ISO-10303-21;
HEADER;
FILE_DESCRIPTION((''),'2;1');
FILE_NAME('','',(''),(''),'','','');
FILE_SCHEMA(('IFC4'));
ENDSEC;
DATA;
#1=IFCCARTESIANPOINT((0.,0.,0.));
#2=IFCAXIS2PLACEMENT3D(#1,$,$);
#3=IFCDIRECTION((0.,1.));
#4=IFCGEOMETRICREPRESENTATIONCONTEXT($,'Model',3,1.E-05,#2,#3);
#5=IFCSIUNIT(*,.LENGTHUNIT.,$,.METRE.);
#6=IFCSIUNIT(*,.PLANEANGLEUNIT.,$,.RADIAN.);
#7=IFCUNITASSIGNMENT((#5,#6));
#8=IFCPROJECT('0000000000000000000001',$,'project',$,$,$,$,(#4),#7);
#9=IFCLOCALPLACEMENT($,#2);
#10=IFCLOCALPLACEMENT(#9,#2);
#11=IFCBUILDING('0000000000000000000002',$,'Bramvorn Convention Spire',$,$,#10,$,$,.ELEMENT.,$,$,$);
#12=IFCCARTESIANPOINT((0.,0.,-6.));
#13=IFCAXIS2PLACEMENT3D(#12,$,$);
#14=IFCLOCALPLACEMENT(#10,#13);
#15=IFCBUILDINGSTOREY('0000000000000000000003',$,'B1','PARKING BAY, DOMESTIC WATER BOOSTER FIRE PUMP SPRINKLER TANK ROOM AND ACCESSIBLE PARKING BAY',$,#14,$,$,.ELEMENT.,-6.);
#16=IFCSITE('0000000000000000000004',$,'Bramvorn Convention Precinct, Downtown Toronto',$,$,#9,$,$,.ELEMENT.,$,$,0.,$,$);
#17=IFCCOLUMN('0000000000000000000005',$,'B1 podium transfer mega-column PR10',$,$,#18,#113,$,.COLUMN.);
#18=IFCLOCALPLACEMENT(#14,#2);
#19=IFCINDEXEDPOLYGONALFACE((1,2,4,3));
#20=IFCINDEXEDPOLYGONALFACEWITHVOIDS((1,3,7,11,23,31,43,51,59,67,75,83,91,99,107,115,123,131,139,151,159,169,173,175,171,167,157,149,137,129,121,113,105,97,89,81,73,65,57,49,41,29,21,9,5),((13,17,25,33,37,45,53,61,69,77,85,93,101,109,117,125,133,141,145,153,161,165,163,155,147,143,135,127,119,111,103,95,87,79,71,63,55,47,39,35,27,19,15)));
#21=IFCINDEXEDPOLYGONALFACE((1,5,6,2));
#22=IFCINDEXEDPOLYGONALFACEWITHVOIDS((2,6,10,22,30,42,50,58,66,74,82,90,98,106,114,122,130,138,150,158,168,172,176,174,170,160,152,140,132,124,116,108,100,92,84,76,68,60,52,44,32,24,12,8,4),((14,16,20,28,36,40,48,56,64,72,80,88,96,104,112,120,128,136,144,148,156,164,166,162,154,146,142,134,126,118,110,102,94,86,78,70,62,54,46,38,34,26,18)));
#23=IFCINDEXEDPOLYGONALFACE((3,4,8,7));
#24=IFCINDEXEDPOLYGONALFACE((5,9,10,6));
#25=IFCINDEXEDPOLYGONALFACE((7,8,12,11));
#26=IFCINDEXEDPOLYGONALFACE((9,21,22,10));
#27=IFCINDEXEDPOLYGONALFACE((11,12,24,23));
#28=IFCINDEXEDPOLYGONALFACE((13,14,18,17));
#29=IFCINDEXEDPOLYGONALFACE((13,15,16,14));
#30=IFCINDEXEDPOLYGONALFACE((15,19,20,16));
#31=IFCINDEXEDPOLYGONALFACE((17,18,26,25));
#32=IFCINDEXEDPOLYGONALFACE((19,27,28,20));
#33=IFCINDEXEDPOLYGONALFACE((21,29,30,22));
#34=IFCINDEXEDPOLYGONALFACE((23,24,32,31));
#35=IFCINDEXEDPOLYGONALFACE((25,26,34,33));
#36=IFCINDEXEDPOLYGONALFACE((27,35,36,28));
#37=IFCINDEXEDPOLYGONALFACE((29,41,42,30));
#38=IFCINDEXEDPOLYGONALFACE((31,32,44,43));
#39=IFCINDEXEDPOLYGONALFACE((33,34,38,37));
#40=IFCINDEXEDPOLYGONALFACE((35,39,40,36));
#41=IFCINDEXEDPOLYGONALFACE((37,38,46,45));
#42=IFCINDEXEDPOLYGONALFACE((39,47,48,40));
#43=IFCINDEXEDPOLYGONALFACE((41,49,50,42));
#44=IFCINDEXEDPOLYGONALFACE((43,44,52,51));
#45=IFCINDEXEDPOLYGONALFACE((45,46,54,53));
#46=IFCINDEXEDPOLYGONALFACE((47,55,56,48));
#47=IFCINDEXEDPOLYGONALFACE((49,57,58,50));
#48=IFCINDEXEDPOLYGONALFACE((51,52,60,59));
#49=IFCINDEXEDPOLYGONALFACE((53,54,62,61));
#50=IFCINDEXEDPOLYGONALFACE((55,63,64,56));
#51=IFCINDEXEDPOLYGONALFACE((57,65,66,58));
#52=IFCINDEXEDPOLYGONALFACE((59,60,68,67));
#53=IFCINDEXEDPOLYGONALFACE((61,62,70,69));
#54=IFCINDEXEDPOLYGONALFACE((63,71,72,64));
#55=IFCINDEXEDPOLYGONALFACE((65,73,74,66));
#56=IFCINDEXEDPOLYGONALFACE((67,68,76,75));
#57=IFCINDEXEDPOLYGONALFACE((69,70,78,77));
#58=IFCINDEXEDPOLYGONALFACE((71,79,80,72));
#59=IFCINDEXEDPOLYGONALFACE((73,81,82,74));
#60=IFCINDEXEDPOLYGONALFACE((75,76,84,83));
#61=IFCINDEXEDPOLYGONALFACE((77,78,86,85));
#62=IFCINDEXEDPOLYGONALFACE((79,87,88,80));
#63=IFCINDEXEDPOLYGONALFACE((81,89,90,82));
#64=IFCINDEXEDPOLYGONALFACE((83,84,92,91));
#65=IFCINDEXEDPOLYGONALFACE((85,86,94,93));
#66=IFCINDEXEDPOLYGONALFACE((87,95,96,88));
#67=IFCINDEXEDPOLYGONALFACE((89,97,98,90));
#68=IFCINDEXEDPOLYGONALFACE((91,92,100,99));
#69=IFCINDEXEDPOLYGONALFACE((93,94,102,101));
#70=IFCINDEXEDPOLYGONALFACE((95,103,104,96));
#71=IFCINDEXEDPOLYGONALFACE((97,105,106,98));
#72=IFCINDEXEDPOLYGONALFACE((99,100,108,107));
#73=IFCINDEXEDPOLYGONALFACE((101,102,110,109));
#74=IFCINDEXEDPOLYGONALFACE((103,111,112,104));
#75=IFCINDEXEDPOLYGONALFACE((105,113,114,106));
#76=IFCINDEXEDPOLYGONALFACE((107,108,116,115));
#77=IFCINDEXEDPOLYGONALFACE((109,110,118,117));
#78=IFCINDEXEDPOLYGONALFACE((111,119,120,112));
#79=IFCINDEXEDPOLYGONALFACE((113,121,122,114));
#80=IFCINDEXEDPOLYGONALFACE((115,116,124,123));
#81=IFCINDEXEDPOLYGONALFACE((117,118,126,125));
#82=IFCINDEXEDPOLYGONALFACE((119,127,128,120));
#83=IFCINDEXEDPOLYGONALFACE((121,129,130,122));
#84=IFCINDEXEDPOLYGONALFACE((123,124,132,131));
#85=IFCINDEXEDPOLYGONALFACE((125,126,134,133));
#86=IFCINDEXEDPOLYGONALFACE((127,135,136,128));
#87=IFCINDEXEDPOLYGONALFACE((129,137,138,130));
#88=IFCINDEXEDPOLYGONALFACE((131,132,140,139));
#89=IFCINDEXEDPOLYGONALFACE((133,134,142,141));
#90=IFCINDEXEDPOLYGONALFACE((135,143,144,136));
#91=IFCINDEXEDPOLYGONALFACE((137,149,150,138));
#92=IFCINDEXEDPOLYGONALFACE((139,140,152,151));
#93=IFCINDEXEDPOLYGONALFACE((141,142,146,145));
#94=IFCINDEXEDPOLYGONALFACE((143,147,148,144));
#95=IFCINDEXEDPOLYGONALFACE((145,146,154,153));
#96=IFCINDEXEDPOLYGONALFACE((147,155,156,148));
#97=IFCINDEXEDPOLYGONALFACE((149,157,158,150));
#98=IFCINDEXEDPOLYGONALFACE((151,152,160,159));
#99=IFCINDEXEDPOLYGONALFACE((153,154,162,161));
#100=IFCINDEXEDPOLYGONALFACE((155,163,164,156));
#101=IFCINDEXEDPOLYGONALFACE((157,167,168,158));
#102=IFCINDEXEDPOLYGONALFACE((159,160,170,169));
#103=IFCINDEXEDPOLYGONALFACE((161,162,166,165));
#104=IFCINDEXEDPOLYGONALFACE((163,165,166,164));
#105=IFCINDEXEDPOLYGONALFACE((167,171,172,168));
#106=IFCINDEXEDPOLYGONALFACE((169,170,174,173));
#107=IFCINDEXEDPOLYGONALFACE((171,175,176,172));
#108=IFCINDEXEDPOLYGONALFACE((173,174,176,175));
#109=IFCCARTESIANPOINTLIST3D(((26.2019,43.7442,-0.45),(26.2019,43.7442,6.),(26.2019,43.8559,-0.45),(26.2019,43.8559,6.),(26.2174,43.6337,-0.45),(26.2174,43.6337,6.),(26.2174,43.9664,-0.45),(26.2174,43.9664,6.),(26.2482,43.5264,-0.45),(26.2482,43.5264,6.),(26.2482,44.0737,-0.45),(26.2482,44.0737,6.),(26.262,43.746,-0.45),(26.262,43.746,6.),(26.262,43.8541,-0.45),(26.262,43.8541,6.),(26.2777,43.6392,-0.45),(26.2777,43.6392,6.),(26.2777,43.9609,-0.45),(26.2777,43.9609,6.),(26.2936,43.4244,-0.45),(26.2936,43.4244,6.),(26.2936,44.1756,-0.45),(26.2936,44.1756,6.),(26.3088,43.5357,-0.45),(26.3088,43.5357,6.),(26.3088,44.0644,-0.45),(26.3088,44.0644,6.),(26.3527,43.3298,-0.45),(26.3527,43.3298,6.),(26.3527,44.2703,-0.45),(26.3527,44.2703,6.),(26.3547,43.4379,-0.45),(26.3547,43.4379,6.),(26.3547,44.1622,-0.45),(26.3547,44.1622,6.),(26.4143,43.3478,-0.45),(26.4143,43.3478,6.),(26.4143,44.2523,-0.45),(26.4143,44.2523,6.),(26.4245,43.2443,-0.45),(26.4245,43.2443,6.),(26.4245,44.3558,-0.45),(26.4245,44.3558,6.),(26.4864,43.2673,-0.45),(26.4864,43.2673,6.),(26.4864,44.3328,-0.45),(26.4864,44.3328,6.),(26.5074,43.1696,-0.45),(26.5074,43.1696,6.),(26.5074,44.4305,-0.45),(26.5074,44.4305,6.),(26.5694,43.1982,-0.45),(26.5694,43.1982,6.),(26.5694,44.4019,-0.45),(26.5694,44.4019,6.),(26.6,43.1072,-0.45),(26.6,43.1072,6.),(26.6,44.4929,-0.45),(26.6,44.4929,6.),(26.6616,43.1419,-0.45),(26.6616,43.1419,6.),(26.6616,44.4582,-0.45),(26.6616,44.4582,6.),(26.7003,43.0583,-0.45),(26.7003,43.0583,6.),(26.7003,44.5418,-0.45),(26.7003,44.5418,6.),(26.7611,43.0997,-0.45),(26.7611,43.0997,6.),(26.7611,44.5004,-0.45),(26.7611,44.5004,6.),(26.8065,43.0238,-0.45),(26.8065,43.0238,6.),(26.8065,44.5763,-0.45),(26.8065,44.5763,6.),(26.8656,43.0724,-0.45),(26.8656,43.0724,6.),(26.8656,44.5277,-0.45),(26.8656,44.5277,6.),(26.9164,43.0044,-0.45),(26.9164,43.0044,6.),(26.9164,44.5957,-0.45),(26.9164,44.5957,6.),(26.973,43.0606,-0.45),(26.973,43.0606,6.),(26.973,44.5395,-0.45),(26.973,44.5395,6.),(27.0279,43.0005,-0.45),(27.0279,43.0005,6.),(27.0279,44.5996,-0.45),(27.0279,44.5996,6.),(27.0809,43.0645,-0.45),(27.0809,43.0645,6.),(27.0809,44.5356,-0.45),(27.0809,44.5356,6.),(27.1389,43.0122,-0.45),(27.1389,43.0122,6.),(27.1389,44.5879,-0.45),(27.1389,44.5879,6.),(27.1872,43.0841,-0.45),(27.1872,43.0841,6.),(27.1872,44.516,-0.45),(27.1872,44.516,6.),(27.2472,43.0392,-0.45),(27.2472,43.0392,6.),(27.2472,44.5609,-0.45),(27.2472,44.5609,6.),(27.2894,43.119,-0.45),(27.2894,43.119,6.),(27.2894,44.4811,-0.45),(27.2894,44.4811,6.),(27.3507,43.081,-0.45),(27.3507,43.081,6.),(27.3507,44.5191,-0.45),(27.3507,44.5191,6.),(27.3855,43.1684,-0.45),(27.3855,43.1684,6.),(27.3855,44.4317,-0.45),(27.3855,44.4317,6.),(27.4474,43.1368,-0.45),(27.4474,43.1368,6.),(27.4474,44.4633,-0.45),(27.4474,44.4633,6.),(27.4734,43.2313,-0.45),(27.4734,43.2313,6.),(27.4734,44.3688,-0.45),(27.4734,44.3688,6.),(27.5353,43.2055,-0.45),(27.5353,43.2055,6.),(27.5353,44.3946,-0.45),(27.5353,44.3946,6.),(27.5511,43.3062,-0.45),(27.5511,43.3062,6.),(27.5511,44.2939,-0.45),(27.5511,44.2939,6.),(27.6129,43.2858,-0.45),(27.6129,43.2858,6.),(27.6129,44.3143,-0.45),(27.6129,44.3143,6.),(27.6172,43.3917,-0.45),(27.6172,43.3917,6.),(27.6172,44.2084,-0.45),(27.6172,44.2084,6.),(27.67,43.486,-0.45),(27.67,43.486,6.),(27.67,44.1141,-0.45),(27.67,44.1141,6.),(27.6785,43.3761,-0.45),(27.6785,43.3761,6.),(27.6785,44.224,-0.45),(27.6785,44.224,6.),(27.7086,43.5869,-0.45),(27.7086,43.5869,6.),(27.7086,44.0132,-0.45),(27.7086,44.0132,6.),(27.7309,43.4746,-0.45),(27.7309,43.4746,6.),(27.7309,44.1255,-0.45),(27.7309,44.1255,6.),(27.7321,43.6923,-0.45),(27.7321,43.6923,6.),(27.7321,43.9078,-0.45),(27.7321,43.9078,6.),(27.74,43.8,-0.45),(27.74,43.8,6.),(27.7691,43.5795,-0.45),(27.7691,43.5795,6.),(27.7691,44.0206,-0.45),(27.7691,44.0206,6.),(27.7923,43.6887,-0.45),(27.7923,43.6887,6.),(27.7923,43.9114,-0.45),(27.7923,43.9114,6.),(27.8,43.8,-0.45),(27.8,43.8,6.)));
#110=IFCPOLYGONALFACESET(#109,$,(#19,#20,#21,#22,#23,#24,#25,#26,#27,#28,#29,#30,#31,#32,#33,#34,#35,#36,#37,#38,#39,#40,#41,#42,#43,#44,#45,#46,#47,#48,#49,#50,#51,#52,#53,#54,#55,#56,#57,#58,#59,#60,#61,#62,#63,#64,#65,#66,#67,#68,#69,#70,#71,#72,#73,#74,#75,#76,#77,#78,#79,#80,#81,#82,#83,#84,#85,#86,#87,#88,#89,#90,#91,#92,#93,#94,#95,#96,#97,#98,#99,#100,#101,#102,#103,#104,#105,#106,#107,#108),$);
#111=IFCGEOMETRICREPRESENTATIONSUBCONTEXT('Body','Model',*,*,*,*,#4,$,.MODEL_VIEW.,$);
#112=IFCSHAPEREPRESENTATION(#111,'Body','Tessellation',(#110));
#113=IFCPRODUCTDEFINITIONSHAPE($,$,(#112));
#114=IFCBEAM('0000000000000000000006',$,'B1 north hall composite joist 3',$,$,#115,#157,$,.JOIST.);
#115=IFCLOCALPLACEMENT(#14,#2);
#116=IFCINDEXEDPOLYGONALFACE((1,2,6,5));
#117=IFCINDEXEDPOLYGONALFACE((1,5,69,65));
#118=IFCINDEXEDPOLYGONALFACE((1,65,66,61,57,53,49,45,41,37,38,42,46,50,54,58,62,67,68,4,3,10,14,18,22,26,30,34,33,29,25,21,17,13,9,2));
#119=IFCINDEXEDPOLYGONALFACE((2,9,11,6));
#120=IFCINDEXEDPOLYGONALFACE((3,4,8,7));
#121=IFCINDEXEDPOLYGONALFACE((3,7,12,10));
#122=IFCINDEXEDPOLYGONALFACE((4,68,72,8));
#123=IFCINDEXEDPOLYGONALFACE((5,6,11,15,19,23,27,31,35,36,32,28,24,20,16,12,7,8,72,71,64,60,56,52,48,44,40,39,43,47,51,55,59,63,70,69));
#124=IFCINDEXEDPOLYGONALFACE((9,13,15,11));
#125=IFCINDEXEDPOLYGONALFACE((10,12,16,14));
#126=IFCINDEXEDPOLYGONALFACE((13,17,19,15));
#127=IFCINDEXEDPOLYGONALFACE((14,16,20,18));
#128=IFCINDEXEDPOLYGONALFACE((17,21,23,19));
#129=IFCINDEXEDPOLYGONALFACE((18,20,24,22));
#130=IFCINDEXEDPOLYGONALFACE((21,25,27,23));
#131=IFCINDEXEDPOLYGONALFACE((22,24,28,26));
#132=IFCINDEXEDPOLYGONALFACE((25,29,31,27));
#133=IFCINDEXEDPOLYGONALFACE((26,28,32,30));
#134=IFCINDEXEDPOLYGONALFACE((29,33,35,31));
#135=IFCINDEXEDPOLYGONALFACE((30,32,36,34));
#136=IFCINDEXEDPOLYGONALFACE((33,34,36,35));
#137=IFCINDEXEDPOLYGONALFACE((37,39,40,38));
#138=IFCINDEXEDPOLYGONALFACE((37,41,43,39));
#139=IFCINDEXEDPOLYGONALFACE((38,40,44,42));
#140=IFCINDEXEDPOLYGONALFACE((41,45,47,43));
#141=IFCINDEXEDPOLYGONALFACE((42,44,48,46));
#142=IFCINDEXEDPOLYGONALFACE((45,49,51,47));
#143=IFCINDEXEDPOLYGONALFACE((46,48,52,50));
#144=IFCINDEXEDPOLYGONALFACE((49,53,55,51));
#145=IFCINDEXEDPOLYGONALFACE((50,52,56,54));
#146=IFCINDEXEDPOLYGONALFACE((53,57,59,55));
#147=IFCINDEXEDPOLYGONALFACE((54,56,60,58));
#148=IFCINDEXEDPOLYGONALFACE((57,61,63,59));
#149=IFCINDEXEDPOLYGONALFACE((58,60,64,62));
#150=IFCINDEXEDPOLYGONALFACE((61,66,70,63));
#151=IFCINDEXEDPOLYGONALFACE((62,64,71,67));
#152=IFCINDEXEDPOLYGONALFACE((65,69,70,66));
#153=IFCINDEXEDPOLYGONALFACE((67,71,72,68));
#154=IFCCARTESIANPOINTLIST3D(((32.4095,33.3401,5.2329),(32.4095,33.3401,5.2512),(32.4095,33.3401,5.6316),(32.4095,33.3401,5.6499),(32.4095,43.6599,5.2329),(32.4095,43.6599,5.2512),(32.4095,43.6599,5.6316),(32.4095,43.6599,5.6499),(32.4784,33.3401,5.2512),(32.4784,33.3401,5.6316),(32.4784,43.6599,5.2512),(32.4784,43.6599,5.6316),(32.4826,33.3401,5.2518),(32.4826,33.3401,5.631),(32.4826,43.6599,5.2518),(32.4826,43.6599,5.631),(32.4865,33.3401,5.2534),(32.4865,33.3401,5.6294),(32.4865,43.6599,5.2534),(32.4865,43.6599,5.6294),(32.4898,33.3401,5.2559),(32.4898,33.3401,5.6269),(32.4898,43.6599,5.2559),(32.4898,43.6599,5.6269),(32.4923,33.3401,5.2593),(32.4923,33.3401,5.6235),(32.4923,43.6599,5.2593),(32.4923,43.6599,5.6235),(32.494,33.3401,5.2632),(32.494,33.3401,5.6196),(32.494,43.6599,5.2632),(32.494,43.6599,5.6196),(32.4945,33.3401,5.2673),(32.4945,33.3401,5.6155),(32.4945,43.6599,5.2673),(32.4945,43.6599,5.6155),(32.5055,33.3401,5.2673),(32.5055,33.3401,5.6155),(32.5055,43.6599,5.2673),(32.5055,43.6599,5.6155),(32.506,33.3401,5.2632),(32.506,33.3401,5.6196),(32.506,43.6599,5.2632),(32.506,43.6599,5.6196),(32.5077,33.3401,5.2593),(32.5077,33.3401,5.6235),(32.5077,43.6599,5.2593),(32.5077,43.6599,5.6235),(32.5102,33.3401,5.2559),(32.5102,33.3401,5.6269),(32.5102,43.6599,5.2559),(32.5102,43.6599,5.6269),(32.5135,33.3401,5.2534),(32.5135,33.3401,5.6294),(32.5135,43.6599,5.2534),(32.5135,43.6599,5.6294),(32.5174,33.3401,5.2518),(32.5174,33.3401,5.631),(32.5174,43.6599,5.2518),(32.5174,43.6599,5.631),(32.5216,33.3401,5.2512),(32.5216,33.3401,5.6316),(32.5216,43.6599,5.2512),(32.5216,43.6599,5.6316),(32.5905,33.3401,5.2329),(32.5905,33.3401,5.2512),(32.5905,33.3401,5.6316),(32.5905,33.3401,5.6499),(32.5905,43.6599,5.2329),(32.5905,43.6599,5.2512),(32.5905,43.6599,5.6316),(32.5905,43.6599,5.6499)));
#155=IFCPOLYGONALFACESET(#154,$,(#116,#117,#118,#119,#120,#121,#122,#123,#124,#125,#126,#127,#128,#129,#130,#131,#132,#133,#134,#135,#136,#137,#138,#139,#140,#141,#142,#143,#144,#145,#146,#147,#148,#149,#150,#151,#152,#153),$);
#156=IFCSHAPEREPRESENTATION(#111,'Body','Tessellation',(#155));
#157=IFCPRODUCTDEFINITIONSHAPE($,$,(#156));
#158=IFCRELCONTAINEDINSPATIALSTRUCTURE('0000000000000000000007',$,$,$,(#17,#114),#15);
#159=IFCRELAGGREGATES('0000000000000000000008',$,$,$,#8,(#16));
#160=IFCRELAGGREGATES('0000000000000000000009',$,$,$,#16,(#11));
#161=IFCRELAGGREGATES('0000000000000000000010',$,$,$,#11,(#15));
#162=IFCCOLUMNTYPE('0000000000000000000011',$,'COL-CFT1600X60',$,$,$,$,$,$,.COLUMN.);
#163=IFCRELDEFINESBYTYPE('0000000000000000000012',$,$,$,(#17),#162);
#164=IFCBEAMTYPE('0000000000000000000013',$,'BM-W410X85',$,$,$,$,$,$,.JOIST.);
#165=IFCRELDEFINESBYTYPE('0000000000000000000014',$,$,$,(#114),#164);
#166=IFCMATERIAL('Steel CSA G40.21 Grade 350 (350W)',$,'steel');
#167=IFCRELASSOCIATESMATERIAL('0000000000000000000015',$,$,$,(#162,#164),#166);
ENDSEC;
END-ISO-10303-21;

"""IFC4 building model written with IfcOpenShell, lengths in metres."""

from ifc_helpers import new_model, si_unit, direction, frame, origin, origin_2d, place, context, subcontext, project, spatial, hollow_circle, i_section, extrude, material, material_profile, profile_set, type_object, element, save


model = new_model("IFC4")

# Units and contexts
model_context = context("Model", 3, precision=1e-05, world=origin(), true_north=direction((0.0, 1.0)))
body_context = subcontext(model_context, "Body", "Model", "MODEL_VIEW")
ifc_project = project(units=[si_unit("LENGTHUNIT", "METRE"), si_unit("PLANEANGLEUNIT", "RADIAN")], contexts=[model_context])

# Site, building, storey
site_placement = place(None, origin())
site = spatial("IfcSite", under=ifc_project, at=site_placement, Name="Bramvorn Convention Precinct, Downtown Toronto", CompositionType="ELEMENT", RefElevation=0.0)
building_placement = place(site_placement, origin())
building = spatial("IfcBuilding", under=site, at=building_placement, Name="Bramvorn Convention Spire", CompositionType="ELEMENT")
storey_placement = place(building_placement, frame((0.0, 0.0, -6.0)))
storey = spatial("IfcBuildingStorey", under=building, at=storey_placement, Name="B1", Description="PARKING BAY, DOMESTIC WATER BOOSTER FIRE PUMP SPRINKLER TANK ROOM AND ACCESSIBLE PARKING BAY", CompositionType="ELEMENT", Elevation=-6.0)

# Column
ifc_material_1 = material(Name="Steel CSA G40.21 Grade 350 (350W)", Category="steel")
ifc_material_profile_1 = material_profile(ifc_material_1, hollow_circle(Radius=0.8, WallThickness=0.0601, at=origin_2d()))
ifc_profile_set_1 = profile_set([ifc_material_profile_1], Name="Steel CSA G40.21 Grade 350 (350W) - CFT1600X60")
column_type = type_object("IfcColumnType", Name="COL-CFT1600X60", PredefinedType="COLUMN", material=ifc_profile_set_1)
column_placement = place(storey_placement, frame((27.0, 43.8, -0.45), z_axis=(0.0, 0.0, 1.0), x_axis=(1.0, 0.0, 0.0)))
element("IfcColumn", 1, at=column_placement, inside=storey, type_object=column_type, Name="B1 podium transfer mega-column PR10", PredefinedType="COLUMN", context=body_context, shape_type="SweptSolid", body=[
    extrude(hollow_circle(Radius=0.8, WallThickness=0.0601, at=origin_2d()), origin(), (0.0, 0.0, 1.0), 6.45),
])

# Beam
ifc_material_profile_2 = material_profile(ifc_material_1, i_section(OverallWidth=0.1809, OverallDepth=0.417, WebThickness=0.011, FlangeThickness=0.0183, FilletRadius=0.0161, at=origin_2d()))
ifc_profile_set_2 = profile_set([ifc_material_profile_2], Name="Steel CSA G40.21 Grade 350 (350W) - W410X85")
beam_type_1 = type_object("IfcBeamType", Name="BM-W410X85", PredefinedType="JOIST", material=ifc_profile_set_2)
beam_1_placement = place(storey_placement, frame((32.5, 33.3401, 5.4414), z_axis=(0.0, 1.0, 0.0), x_axis=(-1.0, 0.0, 0.0)))
element("IfcBeam", 2, at=beam_1_placement, inside=storey, type_object=beam_type_1, Name="B1 north hall composite joist 3", PredefinedType="JOIST", context=body_context, shape_type="SweptSolid", body=[
    extrude(i_section(OverallWidth=0.1809, OverallDepth=0.417, WebThickness=0.011, FlangeThickness=0.0183, FilletRadius=0.0161, at=origin_2d()), origin(), (0.0, 0.0, 1.0), 10.3198),
])

save(model, "model.ifc")
